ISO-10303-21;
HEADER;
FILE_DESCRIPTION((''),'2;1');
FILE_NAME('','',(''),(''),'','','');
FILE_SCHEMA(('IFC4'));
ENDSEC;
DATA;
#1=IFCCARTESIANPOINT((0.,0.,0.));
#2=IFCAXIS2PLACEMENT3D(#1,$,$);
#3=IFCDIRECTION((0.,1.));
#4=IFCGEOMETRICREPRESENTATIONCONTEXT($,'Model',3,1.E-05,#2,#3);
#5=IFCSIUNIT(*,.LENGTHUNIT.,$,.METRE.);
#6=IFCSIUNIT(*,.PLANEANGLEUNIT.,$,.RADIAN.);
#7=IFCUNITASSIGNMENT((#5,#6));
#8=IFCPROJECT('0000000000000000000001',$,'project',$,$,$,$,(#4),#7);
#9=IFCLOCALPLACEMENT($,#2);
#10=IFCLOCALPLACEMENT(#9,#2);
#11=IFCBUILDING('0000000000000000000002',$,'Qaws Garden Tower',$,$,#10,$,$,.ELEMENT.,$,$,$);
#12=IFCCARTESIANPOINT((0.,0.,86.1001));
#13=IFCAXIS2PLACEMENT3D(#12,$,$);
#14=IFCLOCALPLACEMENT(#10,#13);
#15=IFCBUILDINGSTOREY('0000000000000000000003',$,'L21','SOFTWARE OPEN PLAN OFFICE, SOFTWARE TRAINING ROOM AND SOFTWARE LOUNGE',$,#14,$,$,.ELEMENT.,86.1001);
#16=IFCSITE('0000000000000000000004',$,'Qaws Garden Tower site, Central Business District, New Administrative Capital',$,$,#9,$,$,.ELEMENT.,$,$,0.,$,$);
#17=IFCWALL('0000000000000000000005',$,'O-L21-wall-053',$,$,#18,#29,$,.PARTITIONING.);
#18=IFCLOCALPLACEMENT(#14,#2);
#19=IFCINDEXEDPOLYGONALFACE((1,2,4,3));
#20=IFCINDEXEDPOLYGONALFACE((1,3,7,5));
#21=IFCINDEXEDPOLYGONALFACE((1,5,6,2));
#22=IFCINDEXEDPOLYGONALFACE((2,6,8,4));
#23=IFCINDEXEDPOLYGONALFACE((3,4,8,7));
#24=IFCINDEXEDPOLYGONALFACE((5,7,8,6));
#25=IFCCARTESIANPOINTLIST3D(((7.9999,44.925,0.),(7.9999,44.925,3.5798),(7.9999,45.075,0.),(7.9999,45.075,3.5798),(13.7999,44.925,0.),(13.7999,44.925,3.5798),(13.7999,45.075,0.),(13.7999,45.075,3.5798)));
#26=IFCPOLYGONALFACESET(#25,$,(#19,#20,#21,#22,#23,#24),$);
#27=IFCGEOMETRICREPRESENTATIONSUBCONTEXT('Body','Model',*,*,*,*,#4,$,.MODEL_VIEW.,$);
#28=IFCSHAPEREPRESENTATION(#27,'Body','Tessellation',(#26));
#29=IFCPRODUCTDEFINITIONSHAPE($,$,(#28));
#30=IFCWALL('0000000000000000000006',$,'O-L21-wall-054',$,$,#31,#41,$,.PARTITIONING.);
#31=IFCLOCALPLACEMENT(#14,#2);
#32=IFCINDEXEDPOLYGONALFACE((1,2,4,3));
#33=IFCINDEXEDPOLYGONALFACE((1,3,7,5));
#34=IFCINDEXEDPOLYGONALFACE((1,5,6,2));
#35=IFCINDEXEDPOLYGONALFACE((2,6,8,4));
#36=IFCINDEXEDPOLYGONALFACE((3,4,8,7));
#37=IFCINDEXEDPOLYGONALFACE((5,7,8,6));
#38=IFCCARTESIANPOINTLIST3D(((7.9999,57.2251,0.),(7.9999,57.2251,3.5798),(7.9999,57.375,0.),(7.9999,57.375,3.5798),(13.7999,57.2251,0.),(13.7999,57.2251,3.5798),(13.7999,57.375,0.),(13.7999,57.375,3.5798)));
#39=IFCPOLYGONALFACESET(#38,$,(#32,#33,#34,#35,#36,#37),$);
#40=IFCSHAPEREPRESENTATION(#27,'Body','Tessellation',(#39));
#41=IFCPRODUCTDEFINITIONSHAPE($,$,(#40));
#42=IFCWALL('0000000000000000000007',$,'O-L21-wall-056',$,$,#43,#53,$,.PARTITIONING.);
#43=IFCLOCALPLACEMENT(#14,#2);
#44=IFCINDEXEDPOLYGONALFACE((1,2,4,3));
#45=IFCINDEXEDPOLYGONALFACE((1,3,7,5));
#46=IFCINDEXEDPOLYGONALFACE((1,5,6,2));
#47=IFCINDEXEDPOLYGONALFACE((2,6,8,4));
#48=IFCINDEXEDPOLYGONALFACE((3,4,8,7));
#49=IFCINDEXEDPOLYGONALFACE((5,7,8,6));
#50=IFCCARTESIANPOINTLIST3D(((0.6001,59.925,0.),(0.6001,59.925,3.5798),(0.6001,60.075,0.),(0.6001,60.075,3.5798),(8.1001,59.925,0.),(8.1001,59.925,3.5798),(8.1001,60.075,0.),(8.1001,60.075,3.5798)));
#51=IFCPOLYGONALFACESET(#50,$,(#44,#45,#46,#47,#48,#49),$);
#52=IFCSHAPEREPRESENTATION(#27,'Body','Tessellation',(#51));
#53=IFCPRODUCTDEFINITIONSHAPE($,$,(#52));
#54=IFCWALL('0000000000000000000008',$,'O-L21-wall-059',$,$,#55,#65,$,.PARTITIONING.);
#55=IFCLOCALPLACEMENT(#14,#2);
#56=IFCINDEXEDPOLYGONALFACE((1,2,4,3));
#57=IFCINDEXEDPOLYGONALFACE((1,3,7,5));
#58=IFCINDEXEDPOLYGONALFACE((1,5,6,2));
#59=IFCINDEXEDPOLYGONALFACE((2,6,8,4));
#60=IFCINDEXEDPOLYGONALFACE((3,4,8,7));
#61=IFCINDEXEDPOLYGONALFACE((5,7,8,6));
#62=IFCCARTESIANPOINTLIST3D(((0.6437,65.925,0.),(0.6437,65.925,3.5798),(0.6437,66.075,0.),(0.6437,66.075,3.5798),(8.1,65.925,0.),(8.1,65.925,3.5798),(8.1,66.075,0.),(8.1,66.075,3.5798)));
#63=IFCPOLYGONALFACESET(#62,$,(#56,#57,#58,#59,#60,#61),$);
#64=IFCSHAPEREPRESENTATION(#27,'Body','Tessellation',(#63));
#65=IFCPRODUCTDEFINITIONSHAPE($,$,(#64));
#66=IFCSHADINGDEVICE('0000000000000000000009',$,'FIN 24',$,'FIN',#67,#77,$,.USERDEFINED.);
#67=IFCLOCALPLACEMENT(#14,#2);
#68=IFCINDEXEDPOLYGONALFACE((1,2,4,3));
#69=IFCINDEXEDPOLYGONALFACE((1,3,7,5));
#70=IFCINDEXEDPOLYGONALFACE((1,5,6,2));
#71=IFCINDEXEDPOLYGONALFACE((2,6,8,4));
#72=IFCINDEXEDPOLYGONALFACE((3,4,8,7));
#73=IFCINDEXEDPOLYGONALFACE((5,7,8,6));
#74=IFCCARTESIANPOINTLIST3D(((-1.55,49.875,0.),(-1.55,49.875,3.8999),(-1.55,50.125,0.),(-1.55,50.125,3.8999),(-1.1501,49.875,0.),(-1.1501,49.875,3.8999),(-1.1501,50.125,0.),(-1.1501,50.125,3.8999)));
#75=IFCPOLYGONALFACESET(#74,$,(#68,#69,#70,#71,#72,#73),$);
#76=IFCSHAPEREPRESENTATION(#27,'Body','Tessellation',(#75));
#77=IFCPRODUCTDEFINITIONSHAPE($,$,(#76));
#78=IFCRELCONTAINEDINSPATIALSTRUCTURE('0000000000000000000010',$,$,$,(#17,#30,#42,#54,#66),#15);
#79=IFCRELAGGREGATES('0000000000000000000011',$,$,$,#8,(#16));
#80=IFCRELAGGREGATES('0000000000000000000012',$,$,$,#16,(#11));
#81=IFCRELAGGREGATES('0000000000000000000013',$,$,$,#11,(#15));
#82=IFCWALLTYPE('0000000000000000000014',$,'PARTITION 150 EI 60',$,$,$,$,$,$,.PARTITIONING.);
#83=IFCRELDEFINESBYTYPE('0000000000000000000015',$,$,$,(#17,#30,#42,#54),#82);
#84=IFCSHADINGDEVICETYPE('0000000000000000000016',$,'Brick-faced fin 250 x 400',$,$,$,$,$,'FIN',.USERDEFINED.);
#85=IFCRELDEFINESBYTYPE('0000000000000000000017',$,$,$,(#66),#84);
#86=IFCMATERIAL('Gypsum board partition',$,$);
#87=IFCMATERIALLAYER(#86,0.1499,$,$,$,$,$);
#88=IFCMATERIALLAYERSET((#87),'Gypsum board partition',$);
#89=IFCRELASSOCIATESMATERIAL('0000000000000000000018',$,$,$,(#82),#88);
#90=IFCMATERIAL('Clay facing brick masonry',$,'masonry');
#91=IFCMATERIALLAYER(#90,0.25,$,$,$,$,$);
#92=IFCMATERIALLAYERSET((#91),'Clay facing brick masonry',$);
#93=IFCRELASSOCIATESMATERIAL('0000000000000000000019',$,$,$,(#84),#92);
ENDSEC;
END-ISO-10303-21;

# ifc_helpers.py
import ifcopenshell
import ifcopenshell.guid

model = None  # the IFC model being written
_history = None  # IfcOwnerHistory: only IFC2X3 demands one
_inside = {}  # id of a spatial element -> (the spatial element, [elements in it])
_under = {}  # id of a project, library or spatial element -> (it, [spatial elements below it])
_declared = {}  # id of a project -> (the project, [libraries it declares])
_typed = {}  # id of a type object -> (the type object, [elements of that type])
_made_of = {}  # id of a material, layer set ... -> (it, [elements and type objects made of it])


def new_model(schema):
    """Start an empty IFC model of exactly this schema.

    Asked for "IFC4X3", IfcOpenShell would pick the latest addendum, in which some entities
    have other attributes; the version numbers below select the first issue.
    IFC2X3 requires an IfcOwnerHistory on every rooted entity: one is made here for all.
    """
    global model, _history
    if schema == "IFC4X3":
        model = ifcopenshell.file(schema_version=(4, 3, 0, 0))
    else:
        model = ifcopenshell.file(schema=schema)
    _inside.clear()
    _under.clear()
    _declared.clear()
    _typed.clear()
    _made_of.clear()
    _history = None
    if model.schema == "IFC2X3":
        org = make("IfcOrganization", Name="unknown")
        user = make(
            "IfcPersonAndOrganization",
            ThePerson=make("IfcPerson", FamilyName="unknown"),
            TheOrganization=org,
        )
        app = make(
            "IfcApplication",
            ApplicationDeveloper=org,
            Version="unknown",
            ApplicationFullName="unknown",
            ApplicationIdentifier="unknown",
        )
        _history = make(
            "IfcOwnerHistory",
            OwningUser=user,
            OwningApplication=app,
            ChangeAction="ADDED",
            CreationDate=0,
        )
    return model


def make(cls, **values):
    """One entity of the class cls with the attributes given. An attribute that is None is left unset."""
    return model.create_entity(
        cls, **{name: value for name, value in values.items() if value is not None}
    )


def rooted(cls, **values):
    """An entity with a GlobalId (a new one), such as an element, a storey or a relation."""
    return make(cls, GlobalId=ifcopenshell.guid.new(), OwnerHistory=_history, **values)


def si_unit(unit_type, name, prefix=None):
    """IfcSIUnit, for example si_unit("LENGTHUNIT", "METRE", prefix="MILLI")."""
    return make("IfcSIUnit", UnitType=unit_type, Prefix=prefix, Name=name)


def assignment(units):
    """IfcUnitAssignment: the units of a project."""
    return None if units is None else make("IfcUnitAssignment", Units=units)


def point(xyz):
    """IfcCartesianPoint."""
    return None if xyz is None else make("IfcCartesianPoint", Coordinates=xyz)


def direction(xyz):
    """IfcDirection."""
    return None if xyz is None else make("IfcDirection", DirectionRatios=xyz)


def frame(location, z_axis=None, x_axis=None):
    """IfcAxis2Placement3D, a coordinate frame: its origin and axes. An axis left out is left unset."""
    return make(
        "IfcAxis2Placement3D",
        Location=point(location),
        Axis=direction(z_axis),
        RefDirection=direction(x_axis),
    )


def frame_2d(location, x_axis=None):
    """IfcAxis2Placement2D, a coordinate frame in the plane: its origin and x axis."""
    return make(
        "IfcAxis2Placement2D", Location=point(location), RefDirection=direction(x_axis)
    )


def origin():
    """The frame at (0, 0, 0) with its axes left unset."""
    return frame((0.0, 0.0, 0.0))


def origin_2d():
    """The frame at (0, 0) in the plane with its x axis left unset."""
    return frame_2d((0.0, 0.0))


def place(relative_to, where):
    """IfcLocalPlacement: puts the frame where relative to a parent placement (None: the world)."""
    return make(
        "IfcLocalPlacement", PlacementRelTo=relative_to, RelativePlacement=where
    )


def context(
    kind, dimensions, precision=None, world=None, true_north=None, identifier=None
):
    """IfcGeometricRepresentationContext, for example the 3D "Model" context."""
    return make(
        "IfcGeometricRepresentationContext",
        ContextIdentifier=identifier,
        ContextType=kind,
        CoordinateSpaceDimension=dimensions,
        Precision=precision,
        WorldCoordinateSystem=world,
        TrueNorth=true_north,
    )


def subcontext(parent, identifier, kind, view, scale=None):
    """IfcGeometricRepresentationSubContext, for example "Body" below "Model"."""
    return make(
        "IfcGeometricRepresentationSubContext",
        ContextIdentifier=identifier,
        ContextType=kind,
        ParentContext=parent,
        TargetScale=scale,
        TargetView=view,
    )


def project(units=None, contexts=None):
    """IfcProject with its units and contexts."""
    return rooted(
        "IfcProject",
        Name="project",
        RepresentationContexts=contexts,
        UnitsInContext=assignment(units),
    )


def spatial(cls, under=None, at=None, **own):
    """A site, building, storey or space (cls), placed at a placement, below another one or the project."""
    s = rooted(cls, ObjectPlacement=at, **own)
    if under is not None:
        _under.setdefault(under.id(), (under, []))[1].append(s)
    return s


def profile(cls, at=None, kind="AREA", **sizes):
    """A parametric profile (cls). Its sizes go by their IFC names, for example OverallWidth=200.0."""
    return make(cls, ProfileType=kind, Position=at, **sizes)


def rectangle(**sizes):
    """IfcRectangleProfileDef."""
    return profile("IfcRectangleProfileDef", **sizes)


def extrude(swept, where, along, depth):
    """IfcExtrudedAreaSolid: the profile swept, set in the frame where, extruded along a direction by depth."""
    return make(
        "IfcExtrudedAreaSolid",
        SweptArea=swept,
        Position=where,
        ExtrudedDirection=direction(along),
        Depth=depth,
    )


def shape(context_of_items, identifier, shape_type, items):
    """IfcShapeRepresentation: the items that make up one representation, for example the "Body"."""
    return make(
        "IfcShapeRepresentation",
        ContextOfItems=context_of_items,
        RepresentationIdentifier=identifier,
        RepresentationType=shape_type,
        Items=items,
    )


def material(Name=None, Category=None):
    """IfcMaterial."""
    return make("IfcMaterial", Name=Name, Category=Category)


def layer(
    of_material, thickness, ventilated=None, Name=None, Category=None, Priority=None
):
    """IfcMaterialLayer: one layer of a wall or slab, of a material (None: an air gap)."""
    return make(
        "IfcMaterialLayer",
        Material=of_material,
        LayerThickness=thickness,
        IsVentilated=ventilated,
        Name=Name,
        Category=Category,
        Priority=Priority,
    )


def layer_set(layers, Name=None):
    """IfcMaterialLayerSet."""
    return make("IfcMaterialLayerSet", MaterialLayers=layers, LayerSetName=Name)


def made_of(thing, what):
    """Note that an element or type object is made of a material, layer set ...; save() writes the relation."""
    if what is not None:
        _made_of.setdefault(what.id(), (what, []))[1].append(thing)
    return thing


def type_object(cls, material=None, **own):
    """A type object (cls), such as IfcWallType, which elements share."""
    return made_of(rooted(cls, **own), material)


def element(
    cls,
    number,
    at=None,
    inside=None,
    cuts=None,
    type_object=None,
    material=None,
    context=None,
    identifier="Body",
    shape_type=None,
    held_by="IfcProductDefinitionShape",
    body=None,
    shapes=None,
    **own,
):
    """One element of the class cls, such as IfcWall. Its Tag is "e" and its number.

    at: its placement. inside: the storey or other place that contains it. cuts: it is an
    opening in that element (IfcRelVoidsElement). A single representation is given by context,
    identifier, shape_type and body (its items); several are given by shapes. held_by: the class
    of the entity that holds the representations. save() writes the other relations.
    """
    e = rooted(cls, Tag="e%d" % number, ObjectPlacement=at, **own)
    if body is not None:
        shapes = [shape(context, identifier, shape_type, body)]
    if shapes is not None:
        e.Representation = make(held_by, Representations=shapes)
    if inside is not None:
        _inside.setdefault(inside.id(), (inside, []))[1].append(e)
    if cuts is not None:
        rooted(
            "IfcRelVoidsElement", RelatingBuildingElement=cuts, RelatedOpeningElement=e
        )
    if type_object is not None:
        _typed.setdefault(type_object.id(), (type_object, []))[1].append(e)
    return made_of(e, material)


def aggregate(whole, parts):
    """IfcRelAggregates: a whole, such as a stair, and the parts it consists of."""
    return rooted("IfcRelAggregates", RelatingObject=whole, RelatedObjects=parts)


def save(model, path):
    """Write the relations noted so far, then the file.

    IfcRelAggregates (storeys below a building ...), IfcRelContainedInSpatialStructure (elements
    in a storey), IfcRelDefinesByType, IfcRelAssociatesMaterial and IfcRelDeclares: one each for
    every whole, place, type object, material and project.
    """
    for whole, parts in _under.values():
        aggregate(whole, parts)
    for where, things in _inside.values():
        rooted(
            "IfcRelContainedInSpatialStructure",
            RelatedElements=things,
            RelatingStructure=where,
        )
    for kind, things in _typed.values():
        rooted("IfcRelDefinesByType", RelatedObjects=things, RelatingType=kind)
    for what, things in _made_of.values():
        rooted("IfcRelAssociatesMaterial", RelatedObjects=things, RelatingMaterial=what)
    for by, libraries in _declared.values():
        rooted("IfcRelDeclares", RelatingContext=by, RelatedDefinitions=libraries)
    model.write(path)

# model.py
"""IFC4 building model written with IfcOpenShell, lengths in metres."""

from ifc_helpers import new_model, si_unit, direction, frame, frame_2d, origin, origin_2d, place, context, subcontext, project, spatial, rectangle, extrude, material, layer, layer_set, type_object, element, save


model = new_model("IFC4")

# Units and contexts
model_context = context("Model", 3, precision=1e-05, world=origin(), true_north=direction((0.0, 1.0)))
body_context = subcontext(model_context, "Body", "Model", "MODEL_VIEW")
ifc_project = project(units=[si_unit("LENGTHUNIT", "METRE"), si_unit("PLANEANGLEUNIT", "RADIAN")], contexts=[model_context])

# Site, building, storey
site_placement = place(None, origin())
site = spatial("IfcSite", under=ifc_project, at=site_placement, Name="Qaws Garden Tower site, Central Business District, New Administrative Capital", CompositionType="ELEMENT", RefElevation=0.0)
building_placement = place(site_placement, origin())
building = spatial("IfcBuilding", under=site, at=building_placement, Name="Qaws Garden Tower", CompositionType="ELEMENT")
storey_placement = place(building_placement, frame((0.0, 0.0, 86.1001)))
storey = spatial("IfcBuildingStorey", under=building, at=storey_placement, Name="L21", Description="SOFTWARE OPEN PLAN OFFICE, SOFTWARE TRAINING ROOM AND SOFTWARE LOUNGE", CompositionType="ELEMENT", Elevation=86.1001)

# Shared definitions
ifc_material_1 = material(Name="Gypsum board partition")
ifc_layer_1 = layer(ifc_material_1, 0.1499)
ifc_layer_set_1 = layer_set([ifc_layer_1], Name="Gypsum board partition")
wall_type_1 = type_object("IfcWallType", Name="PARTITION 150 EI 60", PredefinedType="PARTITIONING", material=ifc_layer_set_1)

# Walls
for number, where, z_axis, x_axis, name in (
    (1, (8.0, 45.0, 0.0), (0.0, 0.0, 1.0), (1.0, 0.0, 0.0), "O-L21-wall-053"),
    (2, (8.0, 57.3, 0.0), (0.0, 0.0, 1.0), (1.0, 0.0, 0.0), "O-L21-wall-054"),
):
    element("IfcWall", number, at=place(storey_placement, frame(where, z_axis=z_axis, x_axis=x_axis)), inside=storey, type_object=wall_type_1, Name=name, PredefinedType="PARTITIONING", context=body_context, shape_type="SweptSolid", body=[
        extrude(rectangle(XDim=5.8, YDim=0.1499, at=frame_2d((2.8999, 0.0))), origin(), (0.0, 0.0, 1.0), 3.5798),
    ])
wall_1_placement = place(storey_placement, frame((0.6001, 60.0, 0.0), z_axis=(0.0, 0.0, 1.0), x_axis=(1.0, 0.0, 0.0)))
element("IfcWall", 3, at=wall_1_placement, inside=storey, type_object=wall_type_1, Name="O-L21-wall-056", PredefinedType="PARTITIONING", context=body_context, shape_type="SweptSolid", body=[
    extrude(rectangle(XDim=7.5, YDim=0.1499, at=frame_2d((3.75, 0.0))), origin(), (0.0, 0.0, 1.0), 3.5798),
])
wall_2_placement = place(storey_placement, frame((0.6438, 66.0, 0.0), z_axis=(0.0, 0.0, 1.0), x_axis=(1.0, 0.0, 0.0)))
element("IfcWall", 4, at=wall_2_placement, inside=storey, type_object=wall_type_1, Name="O-L21-wall-059", PredefinedType="PARTITIONING", context=body_context, shape_type="SweptSolid", body=[
    extrude(rectangle(XDim=7.4563, YDim=0.1499, at=frame_2d((3.728, 0.0))), origin(), (0.0, 0.0, 1.0), 3.5798),
])

# Shading device
ifc_material_2 = material(Name="Clay facing brick masonry", Category="masonry")
ifc_layer_2 = layer(ifc_material_2, 0.25)
ifc_layer_set_2 = layer_set([ifc_layer_2], Name="Clay facing brick masonry")
shading_device_type = type_object("IfcShadingDeviceType", Name="Brick-faced fin 250 x 400", ElementType="FIN", PredefinedType="USERDEFINED", material=ifc_layer_set_2)
shading_device_placement = place(storey_placement, frame((-1.3501, 50.0, 0.0), z_axis=(0.0, 0.0, 1.0), x_axis=(0.0, -1.0, 0.0)))
element("IfcShadingDevice", 5, at=shading_device_placement, inside=storey, type_object=shading_device_type, Name="FIN 24", ObjectType="FIN", PredefinedType="USERDEFINED", context=body_context, shape_type="SweptSolid", body=[
    extrude(rectangle(XDim=0.25, YDim=0.3999, at=origin_2d()), origin(), (0.0, 0.0, 1.0), 3.8999),
])

save(model, "model.ifc")
